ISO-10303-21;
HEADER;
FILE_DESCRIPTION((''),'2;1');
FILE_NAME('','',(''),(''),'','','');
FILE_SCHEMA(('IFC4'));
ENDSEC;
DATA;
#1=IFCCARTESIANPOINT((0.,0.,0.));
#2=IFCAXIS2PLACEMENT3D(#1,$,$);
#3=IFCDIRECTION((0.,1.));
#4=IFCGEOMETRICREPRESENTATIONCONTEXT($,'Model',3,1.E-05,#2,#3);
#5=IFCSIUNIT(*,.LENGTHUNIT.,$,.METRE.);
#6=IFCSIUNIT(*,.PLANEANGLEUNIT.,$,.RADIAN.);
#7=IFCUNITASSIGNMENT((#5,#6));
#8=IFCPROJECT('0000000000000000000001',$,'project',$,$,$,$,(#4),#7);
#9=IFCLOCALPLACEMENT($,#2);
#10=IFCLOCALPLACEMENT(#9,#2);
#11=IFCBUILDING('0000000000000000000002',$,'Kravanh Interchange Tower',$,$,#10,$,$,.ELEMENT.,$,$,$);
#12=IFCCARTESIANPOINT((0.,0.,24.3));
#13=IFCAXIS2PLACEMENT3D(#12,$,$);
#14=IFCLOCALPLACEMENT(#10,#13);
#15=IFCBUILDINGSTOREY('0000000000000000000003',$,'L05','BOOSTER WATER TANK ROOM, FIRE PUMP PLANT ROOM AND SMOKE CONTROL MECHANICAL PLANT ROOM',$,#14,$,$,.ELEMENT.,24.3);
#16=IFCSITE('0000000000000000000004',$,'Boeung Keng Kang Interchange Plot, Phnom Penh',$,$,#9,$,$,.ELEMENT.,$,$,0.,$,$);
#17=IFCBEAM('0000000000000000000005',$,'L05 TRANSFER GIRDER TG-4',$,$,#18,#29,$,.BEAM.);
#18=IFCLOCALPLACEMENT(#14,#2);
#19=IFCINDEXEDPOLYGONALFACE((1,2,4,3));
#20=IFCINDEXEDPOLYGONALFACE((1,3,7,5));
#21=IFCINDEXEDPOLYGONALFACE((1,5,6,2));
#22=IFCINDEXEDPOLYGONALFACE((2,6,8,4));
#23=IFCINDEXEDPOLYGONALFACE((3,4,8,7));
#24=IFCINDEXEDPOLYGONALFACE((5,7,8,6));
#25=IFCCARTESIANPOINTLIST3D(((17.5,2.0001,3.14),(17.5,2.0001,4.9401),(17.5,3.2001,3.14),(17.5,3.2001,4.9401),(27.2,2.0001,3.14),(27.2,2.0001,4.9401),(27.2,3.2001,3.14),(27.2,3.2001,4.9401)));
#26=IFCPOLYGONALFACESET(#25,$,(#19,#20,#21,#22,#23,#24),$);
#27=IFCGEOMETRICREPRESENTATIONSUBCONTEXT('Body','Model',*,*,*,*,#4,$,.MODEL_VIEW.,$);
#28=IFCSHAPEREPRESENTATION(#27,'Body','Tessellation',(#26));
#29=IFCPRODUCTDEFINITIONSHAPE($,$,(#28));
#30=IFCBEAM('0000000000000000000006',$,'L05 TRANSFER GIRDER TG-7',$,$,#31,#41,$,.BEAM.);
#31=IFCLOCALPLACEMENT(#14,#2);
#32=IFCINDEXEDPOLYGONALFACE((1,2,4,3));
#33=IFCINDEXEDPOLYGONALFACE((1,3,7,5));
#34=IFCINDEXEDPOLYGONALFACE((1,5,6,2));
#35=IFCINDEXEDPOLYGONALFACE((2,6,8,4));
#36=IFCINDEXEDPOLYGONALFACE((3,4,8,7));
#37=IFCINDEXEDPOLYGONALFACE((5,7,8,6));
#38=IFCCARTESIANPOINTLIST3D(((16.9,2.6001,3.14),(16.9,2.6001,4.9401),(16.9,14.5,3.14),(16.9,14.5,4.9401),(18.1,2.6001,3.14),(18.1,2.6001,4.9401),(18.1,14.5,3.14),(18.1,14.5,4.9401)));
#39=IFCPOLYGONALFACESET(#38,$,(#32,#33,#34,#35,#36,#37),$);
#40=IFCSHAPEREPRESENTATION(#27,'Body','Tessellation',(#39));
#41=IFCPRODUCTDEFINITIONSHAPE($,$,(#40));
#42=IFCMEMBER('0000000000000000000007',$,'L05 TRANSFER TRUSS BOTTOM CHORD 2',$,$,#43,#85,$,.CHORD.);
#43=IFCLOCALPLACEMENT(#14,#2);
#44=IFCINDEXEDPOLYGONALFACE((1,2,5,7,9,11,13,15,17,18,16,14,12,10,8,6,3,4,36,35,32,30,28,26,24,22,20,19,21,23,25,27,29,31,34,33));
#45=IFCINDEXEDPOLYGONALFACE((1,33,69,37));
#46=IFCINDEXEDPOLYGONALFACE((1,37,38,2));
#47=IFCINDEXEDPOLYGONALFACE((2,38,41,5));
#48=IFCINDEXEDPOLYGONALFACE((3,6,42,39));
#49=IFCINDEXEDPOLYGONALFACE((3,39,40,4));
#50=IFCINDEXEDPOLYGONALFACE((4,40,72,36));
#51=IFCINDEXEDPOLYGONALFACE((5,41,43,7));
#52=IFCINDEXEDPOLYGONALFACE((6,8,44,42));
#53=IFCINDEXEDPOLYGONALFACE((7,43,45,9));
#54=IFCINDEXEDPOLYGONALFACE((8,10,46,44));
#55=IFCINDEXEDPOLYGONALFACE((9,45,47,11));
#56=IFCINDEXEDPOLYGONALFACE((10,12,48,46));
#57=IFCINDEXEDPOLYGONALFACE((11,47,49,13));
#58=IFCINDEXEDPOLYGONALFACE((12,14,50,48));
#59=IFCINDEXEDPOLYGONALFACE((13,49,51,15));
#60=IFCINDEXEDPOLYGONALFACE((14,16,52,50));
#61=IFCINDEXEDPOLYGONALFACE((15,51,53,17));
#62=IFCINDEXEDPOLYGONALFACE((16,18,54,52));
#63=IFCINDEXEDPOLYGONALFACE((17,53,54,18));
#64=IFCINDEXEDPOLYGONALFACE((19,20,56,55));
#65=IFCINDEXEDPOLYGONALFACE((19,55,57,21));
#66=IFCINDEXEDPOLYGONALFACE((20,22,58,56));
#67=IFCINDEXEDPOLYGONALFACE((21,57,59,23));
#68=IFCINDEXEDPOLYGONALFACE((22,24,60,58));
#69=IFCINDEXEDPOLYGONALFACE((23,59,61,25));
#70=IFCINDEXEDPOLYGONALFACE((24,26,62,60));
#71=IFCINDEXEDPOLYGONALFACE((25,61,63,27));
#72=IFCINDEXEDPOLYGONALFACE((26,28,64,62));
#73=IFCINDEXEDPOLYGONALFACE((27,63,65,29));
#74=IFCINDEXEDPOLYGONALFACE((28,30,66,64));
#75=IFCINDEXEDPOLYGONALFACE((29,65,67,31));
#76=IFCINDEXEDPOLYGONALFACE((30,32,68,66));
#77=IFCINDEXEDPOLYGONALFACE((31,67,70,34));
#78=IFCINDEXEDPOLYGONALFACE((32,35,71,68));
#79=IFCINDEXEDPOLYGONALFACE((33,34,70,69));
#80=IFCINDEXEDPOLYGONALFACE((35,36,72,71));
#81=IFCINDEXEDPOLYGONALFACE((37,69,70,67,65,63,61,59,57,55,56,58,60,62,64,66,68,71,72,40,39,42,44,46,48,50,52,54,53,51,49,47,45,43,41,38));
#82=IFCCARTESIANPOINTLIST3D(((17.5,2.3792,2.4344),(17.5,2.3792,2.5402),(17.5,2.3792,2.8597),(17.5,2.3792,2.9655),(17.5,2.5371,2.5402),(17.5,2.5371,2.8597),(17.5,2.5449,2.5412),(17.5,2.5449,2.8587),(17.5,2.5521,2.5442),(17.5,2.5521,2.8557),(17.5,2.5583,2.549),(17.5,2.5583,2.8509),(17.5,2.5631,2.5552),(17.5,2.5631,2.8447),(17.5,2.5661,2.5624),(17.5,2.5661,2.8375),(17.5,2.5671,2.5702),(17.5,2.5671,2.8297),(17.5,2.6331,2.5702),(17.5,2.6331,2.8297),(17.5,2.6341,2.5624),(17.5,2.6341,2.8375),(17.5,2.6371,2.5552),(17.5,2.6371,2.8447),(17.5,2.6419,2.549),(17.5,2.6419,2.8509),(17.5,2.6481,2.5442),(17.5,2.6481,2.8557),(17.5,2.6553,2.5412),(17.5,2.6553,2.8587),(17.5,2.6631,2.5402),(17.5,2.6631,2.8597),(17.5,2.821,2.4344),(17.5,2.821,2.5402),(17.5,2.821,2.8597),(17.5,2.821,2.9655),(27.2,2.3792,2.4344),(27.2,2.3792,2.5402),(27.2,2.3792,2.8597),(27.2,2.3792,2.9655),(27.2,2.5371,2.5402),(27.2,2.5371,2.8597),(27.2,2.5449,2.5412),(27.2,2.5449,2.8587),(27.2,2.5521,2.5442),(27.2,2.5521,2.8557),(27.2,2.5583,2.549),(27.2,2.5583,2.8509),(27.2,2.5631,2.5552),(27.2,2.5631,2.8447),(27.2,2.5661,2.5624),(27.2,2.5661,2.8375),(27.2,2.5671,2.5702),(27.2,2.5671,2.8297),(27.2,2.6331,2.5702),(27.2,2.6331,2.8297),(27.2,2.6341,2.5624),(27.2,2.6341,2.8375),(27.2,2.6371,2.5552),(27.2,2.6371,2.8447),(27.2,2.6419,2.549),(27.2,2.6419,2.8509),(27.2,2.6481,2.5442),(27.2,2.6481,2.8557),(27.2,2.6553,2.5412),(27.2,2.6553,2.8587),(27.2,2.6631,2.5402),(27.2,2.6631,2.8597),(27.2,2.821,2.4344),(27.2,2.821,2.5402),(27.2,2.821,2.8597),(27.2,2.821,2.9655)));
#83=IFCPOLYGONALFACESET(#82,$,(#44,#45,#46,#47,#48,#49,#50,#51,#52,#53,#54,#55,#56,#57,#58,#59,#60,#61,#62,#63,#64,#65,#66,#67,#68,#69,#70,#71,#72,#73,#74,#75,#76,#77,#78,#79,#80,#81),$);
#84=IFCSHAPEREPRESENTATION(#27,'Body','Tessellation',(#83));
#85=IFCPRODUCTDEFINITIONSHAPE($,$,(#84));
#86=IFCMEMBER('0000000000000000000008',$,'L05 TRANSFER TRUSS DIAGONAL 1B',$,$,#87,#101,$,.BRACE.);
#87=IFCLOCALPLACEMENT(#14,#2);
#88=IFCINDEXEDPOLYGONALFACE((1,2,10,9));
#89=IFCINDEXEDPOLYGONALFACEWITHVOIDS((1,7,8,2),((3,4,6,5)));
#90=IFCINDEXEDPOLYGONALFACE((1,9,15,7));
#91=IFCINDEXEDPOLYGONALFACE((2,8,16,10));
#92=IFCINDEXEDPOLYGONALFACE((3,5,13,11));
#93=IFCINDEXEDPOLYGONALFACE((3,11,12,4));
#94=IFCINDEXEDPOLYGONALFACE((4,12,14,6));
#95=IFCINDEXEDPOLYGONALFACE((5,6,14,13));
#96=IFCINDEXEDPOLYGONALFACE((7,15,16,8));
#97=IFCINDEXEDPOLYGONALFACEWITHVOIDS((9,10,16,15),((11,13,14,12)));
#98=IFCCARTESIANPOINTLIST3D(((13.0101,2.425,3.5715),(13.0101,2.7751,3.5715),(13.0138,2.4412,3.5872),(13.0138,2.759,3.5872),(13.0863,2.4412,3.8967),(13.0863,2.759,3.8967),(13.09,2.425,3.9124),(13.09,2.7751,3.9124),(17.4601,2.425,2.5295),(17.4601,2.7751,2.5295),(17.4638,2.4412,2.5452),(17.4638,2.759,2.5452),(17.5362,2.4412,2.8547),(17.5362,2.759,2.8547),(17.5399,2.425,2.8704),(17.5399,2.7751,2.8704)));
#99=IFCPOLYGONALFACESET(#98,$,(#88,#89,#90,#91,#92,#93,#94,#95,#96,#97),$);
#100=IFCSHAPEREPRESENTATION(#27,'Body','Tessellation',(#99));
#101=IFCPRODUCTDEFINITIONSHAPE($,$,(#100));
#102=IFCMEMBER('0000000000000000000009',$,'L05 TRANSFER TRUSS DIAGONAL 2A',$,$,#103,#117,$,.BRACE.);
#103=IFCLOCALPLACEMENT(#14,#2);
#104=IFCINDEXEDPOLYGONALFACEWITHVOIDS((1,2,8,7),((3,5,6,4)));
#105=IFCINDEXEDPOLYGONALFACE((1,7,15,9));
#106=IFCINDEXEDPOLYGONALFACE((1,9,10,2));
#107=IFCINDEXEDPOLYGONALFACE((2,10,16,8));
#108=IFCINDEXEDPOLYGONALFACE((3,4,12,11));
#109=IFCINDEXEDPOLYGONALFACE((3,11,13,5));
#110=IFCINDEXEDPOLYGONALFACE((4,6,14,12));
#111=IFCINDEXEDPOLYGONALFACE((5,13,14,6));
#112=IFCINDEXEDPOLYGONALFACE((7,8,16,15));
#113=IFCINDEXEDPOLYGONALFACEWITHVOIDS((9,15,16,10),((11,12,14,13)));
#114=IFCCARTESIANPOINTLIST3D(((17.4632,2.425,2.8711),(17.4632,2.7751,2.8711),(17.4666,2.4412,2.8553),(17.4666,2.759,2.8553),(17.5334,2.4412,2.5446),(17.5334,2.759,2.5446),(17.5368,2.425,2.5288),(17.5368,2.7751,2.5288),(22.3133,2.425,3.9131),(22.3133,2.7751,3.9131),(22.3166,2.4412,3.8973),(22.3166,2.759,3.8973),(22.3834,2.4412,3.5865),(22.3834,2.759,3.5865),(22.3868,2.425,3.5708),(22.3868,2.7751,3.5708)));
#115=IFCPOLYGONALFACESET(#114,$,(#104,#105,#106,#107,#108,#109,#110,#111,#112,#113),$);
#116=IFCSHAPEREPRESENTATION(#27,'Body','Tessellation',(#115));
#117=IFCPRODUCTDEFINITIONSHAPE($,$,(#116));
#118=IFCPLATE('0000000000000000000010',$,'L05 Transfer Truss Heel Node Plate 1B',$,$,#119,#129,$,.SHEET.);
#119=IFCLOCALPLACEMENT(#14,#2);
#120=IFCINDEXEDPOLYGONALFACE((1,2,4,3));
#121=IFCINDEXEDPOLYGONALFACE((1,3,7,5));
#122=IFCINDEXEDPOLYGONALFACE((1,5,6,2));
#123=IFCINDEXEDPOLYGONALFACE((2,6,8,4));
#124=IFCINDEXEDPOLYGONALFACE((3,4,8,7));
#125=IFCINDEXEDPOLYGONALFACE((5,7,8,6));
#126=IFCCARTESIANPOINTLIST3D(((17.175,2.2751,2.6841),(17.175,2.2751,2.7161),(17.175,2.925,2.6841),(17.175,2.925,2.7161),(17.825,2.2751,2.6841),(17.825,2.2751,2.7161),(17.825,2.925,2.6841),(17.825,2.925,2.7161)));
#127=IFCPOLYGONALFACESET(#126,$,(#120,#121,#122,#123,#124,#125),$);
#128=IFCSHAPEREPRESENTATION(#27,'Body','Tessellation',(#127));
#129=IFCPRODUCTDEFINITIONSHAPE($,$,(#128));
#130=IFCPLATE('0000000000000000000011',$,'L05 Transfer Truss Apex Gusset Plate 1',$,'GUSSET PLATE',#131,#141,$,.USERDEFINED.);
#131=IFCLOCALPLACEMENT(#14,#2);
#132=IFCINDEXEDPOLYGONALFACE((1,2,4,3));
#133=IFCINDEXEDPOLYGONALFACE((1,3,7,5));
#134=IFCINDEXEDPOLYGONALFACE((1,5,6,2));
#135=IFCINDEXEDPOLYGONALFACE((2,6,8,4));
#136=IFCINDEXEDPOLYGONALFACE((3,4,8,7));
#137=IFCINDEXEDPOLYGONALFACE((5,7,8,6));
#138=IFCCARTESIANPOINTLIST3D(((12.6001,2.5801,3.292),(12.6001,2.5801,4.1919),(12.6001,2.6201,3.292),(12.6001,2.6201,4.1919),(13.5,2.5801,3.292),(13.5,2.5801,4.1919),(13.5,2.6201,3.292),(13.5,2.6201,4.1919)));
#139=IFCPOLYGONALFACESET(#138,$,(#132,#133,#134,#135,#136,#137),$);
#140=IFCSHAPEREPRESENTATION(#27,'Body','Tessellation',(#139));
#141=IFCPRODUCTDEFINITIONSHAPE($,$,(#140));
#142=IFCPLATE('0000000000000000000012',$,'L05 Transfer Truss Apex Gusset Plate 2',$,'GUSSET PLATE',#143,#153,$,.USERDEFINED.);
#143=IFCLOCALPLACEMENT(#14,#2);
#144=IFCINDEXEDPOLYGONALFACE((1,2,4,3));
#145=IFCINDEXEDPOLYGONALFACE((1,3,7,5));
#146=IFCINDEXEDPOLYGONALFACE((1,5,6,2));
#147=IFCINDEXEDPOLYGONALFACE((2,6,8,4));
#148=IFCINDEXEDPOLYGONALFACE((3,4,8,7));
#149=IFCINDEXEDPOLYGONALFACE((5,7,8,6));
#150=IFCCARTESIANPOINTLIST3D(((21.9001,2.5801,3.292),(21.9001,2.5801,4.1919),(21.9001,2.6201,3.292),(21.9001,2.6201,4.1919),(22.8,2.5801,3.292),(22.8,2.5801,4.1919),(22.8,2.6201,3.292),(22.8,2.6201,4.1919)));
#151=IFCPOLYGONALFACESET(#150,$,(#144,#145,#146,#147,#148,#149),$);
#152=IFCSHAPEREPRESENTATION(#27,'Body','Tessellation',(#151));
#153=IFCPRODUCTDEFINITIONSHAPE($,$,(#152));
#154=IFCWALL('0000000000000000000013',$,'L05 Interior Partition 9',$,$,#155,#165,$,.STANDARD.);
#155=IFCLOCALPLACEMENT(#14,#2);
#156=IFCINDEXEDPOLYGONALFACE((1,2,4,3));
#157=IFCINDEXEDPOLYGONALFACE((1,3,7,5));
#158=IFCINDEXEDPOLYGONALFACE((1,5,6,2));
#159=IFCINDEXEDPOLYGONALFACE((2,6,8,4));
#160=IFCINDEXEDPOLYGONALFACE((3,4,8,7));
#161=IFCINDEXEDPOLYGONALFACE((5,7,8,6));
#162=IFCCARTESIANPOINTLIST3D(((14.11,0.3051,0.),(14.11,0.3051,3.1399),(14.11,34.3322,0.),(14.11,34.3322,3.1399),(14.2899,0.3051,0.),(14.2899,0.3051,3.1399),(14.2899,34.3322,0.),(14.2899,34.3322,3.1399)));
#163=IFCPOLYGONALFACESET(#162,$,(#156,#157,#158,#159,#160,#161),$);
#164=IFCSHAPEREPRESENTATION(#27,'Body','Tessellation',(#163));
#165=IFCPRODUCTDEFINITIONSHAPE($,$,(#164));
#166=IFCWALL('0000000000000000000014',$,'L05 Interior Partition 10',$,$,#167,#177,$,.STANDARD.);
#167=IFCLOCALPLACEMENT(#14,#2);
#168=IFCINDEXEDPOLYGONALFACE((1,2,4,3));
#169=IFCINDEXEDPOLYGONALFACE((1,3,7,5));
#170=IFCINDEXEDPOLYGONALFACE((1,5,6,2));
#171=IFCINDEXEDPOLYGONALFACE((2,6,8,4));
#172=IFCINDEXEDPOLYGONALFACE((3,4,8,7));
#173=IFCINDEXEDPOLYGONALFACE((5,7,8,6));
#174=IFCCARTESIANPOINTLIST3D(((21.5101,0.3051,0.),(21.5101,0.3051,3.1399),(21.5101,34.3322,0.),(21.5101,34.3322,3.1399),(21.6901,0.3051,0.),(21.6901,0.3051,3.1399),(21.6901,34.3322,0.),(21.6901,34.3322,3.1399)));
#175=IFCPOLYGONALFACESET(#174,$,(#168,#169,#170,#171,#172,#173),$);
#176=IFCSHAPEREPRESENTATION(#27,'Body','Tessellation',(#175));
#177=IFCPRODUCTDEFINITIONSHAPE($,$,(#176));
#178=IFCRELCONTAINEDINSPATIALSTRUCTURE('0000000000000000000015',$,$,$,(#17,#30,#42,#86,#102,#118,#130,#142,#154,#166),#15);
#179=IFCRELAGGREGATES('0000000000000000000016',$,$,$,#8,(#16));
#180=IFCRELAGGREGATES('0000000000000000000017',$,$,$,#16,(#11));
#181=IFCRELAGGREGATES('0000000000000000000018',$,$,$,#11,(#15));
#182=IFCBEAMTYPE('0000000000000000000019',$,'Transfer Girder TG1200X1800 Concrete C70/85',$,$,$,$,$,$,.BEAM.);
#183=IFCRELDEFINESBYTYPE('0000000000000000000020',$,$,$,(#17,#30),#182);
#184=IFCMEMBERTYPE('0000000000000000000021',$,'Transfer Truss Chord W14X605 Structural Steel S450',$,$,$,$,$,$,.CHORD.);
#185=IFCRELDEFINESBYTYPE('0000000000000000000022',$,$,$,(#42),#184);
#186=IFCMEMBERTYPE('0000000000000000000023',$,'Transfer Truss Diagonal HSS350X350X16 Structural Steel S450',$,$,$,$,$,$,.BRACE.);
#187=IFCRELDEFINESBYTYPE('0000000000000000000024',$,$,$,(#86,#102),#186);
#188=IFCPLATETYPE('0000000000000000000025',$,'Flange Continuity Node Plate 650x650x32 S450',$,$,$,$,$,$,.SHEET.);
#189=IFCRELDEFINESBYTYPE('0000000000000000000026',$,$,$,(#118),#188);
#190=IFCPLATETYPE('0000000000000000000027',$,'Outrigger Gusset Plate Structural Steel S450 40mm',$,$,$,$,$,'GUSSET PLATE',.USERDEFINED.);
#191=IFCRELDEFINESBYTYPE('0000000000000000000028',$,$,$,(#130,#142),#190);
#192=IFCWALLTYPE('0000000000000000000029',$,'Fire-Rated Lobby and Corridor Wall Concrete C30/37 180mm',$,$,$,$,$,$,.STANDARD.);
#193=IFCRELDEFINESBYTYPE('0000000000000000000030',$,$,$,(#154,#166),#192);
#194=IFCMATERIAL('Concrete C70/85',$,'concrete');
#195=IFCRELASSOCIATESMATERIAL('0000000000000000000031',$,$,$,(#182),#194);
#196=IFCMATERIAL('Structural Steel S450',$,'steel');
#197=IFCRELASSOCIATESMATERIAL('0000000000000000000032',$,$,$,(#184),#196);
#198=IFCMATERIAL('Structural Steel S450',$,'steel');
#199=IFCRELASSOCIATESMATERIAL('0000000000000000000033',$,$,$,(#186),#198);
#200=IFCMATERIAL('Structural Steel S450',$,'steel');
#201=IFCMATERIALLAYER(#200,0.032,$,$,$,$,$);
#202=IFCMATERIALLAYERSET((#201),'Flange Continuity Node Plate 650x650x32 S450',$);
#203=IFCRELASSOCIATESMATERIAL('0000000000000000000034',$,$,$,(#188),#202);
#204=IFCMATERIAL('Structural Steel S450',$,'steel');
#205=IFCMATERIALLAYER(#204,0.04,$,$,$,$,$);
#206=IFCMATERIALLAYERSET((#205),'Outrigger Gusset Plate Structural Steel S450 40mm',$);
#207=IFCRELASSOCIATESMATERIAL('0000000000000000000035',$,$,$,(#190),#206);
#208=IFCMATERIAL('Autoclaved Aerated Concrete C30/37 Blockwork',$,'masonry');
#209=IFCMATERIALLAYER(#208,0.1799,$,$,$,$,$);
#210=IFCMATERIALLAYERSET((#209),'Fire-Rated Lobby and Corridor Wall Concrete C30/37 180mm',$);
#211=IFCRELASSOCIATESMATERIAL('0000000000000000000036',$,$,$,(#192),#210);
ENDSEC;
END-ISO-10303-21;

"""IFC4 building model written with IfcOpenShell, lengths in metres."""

from ifc_helpers import new_model, si_unit, direction, frame, frame_2d, origin, origin_2d, place, context, subcontext, project, spatial, rectangle, hollow_rectangle, i_section, extrude, material, layer, layer_set, material_profile, profile_set, type_object, element, save


model = new_model("IFC4")

# Units and contexts
model_context = context("Model", 3, precision=1e-05, world=origin(), true_north=direction((0.0, 1.0)))
body_context = subcontext(model_context, "Body", "Model", "MODEL_VIEW")
ifc_project = project(units=[si_unit("LENGTHUNIT", "METRE"), si_unit("PLANEANGLEUNIT", "RADIAN")], contexts=[model_context])

# Site, building, storey
site_placement = place(None, origin())
site = spatial("IfcSite", under=ifc_project, at=site_placement, Name="Boeung Keng Kang Interchange Plot, Phnom Penh", CompositionType="ELEMENT", RefElevation=0.0)
building_placement = place(site_placement, origin())
building = spatial("IfcBuilding", under=site, at=building_placement, Name="Kravanh Interchange Tower", CompositionType="ELEMENT")
storey_placement = place(building_placement, frame((0.0, 0.0, 24.3)))
storey = spatial("IfcBuildingStorey", under=building, at=storey_placement, Name="L05", Description="BOOSTER WATER TANK ROOM, FIRE PUMP PLANT ROOM AND SMOKE CONTROL MECHANICAL PLANT ROOM", CompositionType="ELEMENT", Elevation=24.3)

# Beams
ifc_material_1 = material(Name="Concrete C70/85", Category="concrete")
ifc_material_profile_1 = material_profile(ifc_material_1, rectangle(XDim=1.2, YDim=1.8, at=origin_2d()), Name="TG1200X1800")
ifc_profile_set_1 = profile_set([ifc_material_profile_1], Name="Concrete C70/85")
beam_type_1 = type_object("IfcBeamType", Name="Transfer Girder TG1200X1800 Concrete C70/85", PredefinedType="BEAM", material=ifc_profile_set_1)
beam_1_placement = place(storey_placement, frame((17.5, 2.6001, 4.04), z_axis=(1.0, 0.0, 0.0), x_axis=(0.0, 1.0, 0.0)))
element("IfcBeam", 1, at=beam_1_placement, inside=storey, type_object=beam_type_1, Name="L05 TRANSFER GIRDER TG-4", PredefinedType="BEAM", context=body_context, shape_type="SweptSolid", body=[
    extrude(rectangle(XDim=1.2, YDim=1.8, at=origin_2d()), origin(), (0.0, 0.0, 1.0), 9.7),
])
beam_2_placement = place(storey_placement, frame((17.5, 2.6001, 4.04), z_axis=(0.0, 1.0, 0.0), x_axis=(-1.0, 0.0, 0.0)))
element("IfcBeam", 2, at=beam_2_placement, inside=storey, type_object=beam_type_1, Name="L05 TRANSFER GIRDER TG-7", PredefinedType="BEAM", context=body_context, shape_type="SweptSolid", body=[
    extrude(rectangle(XDim=1.2, YDim=1.8, at=origin_2d()), origin(), (0.0, 0.0, 1.0), 11.8999),
])

# Members
ifc_material_2 = material(Name="Structural Steel S450", Category="steel")
ifc_material_profile_2 = material_profile(ifc_material_2, i_section(OverallWidth=0.4419, OverallDepth=0.531, WebThickness=0.0659, FlangeThickness=0.1057, FilletRadius=0.03, at=origin_2d()), Name="W14X605")
ifc_profile_set_2 = profile_set([ifc_material_profile_2], Name="Structural Steel S450")
member_type_1 = type_object("IfcMemberType", Name="Transfer Truss Chord W14X605 Structural Steel S450", PredefinedType="CHORD", material=ifc_profile_set_2)
member_1_placement = place(storey_placement, frame((17.5, 2.6001, 2.7), z_axis=(1.0, 0.0, 0.0), x_axis=(0.0, 1.0, 0.0)))
element("IfcMember", 3, at=member_1_placement, inside=storey, type_object=member_type_1, Name="L05 TRANSFER TRUSS BOTTOM CHORD 2", PredefinedType="CHORD", context=body_context, shape_type="SweptSolid", body=[
    extrude(i_section(OverallWidth=0.4419, OverallDepth=0.531, WebThickness=0.0659, FlangeThickness=0.1057, FilletRadius=0.03, at=origin_2d()), origin(), (0.0, 0.0, 1.0), 9.7),
])
ifc_material_3 = material(Name="Structural Steel S450", Category="steel")
ifc_material_profile_3 = material_profile(ifc_material_3, hollow_rectangle(XDim=0.3501, YDim=0.3501, WallThickness=0.0161, at=origin_2d()), Name="HSS350X350X16")
ifc_profile_set_3 = profile_set([ifc_material_profile_3], Name="Structural Steel S450")
member_type_2 = type_object("IfcMemberType", Name="Transfer Truss Diagonal HSS350X350X16 Structural Steel S450", PredefinedType="BRACE", material=ifc_profile_set_3)
member_2_placement = place(storey_placement, frame((17.5, 2.6001, 2.7), z_axis=(-0.973663, 0.0, 0.227991), x_axis=(0.0, -1.0, 0.0)))
element("IfcMember", 4, at=member_2_placement, inside=storey, type_object=member_type_2, Name="L05 TRANSFER TRUSS DIAGONAL 1B", PredefinedType="BRACE", context=body_context, shape_type="SweptSolid", body=[
    extrude(hollow_rectangle(XDim=0.3501, YDim=0.3501, WallThickness=0.0161, at=origin_2d()), origin(), (0.0, 0.0, 1.0), 4.5703),
])
member_3_placement = place(storey_placement, frame((17.5, 2.6001, 2.7), z_axis=(0.977691, 0.0, 0.210047), x_axis=(0.0, 1.0, 0.0)))
element("IfcMember", 5, at=member_3_placement, inside=storey, type_object=member_type_2, Name="L05 TRANSFER TRUSS DIAGONAL 2A", PredefinedType="BRACE", context=body_context, shape_type="SweptSolid", body=[
    extrude(hollow_rectangle(XDim=0.3501, YDim=0.3501, WallThickness=0.0161, at=origin_2d()), origin(), (0.0, 0.0, 1.0), 4.9607),
])

# Plates
ifc_material_4 = material(Name="Structural Steel S450", Category="steel")
ifc_layer_1 = layer(ifc_material_4, 0.032)
ifc_layer_set_1 = layer_set([ifc_layer_1], Name="Flange Continuity Node Plate 650x650x32 S450")
plate_type_1 = type_object("IfcPlateType", Name="Flange Continuity Node Plate 650x650x32 S450", PredefinedType="SHEET", material=ifc_layer_set_1)
plate_placement = place(storey_placement, frame((17.5, 2.6001, 2.6841), z_axis=(0.0, 0.0, 1.0), x_axis=(1.0, 0.0, 0.0)))
element("IfcPlate", 6, at=plate_placement, inside=storey, type_object=plate_type_1, Name="L05 Transfer Truss Heel Node Plate 1B", PredefinedType="SHEET", context=body_context, shape_type="SweptSolid", body=[
    extrude(rectangle(XDim=0.6499, YDim=0.6499, at=origin_2d()), origin(), (0.0, 0.0, 1.0), 0.032),
])
ifc_material_5 = material(Name="Structural Steel S450", Category="steel")
ifc_layer_2 = layer(ifc_material_5, 0.04)
ifc_layer_set_2 = layer_set([ifc_layer_2], Name="Outrigger Gusset Plate Structural Steel S450 40mm")
plate_type_2 = type_object("IfcPlateType", Name="Outrigger Gusset Plate Structural Steel S450 40mm", ElementType="GUSSET PLATE", PredefinedType="USERDEFINED", material=ifc_layer_set_2)
for number, where, z_axis, x_axis, name in (
    (7, (13.05, 2.6001, 3.292), (0.0, 0.0, 1.0), (1.0, 0.0, 0.0), "L05 Transfer Truss Apex Gusset Plate 1"),
    (8, (22.3501, 2.6001, 3.292), (0.0, 0.0, 1.0), (1.0, 0.0, 0.0), "L05 Transfer Truss Apex Gusset Plate 2"),
):
    element("IfcPlate", number, at=place(storey_placement, frame(where, z_axis=z_axis, x_axis=x_axis)), inside=storey, type_object=plate_type_2, Name=name, ObjectType="GUSSET PLATE", PredefinedType="USERDEFINED", context=body_context, shape_type="SweptSolid", body=[
        extrude(rectangle(XDim=0.8999, YDim=0.04, at=origin_2d()), origin(), (0.0, 0.0, 1.0), 0.8999),
    ])

# Walls
ifc_material_6 = material(Name="Autoclaved Aerated Concrete C30/37 Blockwork", Category="masonry")
ifc_layer_3 = layer(ifc_material_6, 0.1799)
ifc_layer_set_3 = layer_set([ifc_layer_3], Name="Fire-Rated Lobby and Corridor Wall Concrete C30/37 180mm")
wall_type = type_object("IfcWallType", Name="Fire-Rated Lobby and Corridor Wall Concrete C30/37 180mm", PredefinedType="STANDARD", material=ifc_layer_set_3)
for number, where, z_axis, x_axis, name in (
    (9, (14.2, 0.3049, 0.0), (0.0, 0.0, 1.0), (0.0, 1.0, 0.0), "L05 Interior Partition 9"),
    (10, (21.6001, 0.3049, 0.0), (0.0, 0.0, 1.0), (0.0, 1.0, 0.0), "L05 Interior Partition 10"),
):
    element("IfcWall", number, at=place(storey_placement, frame(where, z_axis=z_axis, x_axis=x_axis)), inside=storey, type_object=wall_type, Name=name, PredefinedType="STANDARD", context=body_context, shape_type="SweptSolid", body=[
        extrude(rectangle(XDim=34.0271, YDim=0.1799, at=frame_2d((17.0137, 0.0))), origin(), (0.0, 0.0, 1.0), 3.1399),
    ])

save(model, "model.ifc")
